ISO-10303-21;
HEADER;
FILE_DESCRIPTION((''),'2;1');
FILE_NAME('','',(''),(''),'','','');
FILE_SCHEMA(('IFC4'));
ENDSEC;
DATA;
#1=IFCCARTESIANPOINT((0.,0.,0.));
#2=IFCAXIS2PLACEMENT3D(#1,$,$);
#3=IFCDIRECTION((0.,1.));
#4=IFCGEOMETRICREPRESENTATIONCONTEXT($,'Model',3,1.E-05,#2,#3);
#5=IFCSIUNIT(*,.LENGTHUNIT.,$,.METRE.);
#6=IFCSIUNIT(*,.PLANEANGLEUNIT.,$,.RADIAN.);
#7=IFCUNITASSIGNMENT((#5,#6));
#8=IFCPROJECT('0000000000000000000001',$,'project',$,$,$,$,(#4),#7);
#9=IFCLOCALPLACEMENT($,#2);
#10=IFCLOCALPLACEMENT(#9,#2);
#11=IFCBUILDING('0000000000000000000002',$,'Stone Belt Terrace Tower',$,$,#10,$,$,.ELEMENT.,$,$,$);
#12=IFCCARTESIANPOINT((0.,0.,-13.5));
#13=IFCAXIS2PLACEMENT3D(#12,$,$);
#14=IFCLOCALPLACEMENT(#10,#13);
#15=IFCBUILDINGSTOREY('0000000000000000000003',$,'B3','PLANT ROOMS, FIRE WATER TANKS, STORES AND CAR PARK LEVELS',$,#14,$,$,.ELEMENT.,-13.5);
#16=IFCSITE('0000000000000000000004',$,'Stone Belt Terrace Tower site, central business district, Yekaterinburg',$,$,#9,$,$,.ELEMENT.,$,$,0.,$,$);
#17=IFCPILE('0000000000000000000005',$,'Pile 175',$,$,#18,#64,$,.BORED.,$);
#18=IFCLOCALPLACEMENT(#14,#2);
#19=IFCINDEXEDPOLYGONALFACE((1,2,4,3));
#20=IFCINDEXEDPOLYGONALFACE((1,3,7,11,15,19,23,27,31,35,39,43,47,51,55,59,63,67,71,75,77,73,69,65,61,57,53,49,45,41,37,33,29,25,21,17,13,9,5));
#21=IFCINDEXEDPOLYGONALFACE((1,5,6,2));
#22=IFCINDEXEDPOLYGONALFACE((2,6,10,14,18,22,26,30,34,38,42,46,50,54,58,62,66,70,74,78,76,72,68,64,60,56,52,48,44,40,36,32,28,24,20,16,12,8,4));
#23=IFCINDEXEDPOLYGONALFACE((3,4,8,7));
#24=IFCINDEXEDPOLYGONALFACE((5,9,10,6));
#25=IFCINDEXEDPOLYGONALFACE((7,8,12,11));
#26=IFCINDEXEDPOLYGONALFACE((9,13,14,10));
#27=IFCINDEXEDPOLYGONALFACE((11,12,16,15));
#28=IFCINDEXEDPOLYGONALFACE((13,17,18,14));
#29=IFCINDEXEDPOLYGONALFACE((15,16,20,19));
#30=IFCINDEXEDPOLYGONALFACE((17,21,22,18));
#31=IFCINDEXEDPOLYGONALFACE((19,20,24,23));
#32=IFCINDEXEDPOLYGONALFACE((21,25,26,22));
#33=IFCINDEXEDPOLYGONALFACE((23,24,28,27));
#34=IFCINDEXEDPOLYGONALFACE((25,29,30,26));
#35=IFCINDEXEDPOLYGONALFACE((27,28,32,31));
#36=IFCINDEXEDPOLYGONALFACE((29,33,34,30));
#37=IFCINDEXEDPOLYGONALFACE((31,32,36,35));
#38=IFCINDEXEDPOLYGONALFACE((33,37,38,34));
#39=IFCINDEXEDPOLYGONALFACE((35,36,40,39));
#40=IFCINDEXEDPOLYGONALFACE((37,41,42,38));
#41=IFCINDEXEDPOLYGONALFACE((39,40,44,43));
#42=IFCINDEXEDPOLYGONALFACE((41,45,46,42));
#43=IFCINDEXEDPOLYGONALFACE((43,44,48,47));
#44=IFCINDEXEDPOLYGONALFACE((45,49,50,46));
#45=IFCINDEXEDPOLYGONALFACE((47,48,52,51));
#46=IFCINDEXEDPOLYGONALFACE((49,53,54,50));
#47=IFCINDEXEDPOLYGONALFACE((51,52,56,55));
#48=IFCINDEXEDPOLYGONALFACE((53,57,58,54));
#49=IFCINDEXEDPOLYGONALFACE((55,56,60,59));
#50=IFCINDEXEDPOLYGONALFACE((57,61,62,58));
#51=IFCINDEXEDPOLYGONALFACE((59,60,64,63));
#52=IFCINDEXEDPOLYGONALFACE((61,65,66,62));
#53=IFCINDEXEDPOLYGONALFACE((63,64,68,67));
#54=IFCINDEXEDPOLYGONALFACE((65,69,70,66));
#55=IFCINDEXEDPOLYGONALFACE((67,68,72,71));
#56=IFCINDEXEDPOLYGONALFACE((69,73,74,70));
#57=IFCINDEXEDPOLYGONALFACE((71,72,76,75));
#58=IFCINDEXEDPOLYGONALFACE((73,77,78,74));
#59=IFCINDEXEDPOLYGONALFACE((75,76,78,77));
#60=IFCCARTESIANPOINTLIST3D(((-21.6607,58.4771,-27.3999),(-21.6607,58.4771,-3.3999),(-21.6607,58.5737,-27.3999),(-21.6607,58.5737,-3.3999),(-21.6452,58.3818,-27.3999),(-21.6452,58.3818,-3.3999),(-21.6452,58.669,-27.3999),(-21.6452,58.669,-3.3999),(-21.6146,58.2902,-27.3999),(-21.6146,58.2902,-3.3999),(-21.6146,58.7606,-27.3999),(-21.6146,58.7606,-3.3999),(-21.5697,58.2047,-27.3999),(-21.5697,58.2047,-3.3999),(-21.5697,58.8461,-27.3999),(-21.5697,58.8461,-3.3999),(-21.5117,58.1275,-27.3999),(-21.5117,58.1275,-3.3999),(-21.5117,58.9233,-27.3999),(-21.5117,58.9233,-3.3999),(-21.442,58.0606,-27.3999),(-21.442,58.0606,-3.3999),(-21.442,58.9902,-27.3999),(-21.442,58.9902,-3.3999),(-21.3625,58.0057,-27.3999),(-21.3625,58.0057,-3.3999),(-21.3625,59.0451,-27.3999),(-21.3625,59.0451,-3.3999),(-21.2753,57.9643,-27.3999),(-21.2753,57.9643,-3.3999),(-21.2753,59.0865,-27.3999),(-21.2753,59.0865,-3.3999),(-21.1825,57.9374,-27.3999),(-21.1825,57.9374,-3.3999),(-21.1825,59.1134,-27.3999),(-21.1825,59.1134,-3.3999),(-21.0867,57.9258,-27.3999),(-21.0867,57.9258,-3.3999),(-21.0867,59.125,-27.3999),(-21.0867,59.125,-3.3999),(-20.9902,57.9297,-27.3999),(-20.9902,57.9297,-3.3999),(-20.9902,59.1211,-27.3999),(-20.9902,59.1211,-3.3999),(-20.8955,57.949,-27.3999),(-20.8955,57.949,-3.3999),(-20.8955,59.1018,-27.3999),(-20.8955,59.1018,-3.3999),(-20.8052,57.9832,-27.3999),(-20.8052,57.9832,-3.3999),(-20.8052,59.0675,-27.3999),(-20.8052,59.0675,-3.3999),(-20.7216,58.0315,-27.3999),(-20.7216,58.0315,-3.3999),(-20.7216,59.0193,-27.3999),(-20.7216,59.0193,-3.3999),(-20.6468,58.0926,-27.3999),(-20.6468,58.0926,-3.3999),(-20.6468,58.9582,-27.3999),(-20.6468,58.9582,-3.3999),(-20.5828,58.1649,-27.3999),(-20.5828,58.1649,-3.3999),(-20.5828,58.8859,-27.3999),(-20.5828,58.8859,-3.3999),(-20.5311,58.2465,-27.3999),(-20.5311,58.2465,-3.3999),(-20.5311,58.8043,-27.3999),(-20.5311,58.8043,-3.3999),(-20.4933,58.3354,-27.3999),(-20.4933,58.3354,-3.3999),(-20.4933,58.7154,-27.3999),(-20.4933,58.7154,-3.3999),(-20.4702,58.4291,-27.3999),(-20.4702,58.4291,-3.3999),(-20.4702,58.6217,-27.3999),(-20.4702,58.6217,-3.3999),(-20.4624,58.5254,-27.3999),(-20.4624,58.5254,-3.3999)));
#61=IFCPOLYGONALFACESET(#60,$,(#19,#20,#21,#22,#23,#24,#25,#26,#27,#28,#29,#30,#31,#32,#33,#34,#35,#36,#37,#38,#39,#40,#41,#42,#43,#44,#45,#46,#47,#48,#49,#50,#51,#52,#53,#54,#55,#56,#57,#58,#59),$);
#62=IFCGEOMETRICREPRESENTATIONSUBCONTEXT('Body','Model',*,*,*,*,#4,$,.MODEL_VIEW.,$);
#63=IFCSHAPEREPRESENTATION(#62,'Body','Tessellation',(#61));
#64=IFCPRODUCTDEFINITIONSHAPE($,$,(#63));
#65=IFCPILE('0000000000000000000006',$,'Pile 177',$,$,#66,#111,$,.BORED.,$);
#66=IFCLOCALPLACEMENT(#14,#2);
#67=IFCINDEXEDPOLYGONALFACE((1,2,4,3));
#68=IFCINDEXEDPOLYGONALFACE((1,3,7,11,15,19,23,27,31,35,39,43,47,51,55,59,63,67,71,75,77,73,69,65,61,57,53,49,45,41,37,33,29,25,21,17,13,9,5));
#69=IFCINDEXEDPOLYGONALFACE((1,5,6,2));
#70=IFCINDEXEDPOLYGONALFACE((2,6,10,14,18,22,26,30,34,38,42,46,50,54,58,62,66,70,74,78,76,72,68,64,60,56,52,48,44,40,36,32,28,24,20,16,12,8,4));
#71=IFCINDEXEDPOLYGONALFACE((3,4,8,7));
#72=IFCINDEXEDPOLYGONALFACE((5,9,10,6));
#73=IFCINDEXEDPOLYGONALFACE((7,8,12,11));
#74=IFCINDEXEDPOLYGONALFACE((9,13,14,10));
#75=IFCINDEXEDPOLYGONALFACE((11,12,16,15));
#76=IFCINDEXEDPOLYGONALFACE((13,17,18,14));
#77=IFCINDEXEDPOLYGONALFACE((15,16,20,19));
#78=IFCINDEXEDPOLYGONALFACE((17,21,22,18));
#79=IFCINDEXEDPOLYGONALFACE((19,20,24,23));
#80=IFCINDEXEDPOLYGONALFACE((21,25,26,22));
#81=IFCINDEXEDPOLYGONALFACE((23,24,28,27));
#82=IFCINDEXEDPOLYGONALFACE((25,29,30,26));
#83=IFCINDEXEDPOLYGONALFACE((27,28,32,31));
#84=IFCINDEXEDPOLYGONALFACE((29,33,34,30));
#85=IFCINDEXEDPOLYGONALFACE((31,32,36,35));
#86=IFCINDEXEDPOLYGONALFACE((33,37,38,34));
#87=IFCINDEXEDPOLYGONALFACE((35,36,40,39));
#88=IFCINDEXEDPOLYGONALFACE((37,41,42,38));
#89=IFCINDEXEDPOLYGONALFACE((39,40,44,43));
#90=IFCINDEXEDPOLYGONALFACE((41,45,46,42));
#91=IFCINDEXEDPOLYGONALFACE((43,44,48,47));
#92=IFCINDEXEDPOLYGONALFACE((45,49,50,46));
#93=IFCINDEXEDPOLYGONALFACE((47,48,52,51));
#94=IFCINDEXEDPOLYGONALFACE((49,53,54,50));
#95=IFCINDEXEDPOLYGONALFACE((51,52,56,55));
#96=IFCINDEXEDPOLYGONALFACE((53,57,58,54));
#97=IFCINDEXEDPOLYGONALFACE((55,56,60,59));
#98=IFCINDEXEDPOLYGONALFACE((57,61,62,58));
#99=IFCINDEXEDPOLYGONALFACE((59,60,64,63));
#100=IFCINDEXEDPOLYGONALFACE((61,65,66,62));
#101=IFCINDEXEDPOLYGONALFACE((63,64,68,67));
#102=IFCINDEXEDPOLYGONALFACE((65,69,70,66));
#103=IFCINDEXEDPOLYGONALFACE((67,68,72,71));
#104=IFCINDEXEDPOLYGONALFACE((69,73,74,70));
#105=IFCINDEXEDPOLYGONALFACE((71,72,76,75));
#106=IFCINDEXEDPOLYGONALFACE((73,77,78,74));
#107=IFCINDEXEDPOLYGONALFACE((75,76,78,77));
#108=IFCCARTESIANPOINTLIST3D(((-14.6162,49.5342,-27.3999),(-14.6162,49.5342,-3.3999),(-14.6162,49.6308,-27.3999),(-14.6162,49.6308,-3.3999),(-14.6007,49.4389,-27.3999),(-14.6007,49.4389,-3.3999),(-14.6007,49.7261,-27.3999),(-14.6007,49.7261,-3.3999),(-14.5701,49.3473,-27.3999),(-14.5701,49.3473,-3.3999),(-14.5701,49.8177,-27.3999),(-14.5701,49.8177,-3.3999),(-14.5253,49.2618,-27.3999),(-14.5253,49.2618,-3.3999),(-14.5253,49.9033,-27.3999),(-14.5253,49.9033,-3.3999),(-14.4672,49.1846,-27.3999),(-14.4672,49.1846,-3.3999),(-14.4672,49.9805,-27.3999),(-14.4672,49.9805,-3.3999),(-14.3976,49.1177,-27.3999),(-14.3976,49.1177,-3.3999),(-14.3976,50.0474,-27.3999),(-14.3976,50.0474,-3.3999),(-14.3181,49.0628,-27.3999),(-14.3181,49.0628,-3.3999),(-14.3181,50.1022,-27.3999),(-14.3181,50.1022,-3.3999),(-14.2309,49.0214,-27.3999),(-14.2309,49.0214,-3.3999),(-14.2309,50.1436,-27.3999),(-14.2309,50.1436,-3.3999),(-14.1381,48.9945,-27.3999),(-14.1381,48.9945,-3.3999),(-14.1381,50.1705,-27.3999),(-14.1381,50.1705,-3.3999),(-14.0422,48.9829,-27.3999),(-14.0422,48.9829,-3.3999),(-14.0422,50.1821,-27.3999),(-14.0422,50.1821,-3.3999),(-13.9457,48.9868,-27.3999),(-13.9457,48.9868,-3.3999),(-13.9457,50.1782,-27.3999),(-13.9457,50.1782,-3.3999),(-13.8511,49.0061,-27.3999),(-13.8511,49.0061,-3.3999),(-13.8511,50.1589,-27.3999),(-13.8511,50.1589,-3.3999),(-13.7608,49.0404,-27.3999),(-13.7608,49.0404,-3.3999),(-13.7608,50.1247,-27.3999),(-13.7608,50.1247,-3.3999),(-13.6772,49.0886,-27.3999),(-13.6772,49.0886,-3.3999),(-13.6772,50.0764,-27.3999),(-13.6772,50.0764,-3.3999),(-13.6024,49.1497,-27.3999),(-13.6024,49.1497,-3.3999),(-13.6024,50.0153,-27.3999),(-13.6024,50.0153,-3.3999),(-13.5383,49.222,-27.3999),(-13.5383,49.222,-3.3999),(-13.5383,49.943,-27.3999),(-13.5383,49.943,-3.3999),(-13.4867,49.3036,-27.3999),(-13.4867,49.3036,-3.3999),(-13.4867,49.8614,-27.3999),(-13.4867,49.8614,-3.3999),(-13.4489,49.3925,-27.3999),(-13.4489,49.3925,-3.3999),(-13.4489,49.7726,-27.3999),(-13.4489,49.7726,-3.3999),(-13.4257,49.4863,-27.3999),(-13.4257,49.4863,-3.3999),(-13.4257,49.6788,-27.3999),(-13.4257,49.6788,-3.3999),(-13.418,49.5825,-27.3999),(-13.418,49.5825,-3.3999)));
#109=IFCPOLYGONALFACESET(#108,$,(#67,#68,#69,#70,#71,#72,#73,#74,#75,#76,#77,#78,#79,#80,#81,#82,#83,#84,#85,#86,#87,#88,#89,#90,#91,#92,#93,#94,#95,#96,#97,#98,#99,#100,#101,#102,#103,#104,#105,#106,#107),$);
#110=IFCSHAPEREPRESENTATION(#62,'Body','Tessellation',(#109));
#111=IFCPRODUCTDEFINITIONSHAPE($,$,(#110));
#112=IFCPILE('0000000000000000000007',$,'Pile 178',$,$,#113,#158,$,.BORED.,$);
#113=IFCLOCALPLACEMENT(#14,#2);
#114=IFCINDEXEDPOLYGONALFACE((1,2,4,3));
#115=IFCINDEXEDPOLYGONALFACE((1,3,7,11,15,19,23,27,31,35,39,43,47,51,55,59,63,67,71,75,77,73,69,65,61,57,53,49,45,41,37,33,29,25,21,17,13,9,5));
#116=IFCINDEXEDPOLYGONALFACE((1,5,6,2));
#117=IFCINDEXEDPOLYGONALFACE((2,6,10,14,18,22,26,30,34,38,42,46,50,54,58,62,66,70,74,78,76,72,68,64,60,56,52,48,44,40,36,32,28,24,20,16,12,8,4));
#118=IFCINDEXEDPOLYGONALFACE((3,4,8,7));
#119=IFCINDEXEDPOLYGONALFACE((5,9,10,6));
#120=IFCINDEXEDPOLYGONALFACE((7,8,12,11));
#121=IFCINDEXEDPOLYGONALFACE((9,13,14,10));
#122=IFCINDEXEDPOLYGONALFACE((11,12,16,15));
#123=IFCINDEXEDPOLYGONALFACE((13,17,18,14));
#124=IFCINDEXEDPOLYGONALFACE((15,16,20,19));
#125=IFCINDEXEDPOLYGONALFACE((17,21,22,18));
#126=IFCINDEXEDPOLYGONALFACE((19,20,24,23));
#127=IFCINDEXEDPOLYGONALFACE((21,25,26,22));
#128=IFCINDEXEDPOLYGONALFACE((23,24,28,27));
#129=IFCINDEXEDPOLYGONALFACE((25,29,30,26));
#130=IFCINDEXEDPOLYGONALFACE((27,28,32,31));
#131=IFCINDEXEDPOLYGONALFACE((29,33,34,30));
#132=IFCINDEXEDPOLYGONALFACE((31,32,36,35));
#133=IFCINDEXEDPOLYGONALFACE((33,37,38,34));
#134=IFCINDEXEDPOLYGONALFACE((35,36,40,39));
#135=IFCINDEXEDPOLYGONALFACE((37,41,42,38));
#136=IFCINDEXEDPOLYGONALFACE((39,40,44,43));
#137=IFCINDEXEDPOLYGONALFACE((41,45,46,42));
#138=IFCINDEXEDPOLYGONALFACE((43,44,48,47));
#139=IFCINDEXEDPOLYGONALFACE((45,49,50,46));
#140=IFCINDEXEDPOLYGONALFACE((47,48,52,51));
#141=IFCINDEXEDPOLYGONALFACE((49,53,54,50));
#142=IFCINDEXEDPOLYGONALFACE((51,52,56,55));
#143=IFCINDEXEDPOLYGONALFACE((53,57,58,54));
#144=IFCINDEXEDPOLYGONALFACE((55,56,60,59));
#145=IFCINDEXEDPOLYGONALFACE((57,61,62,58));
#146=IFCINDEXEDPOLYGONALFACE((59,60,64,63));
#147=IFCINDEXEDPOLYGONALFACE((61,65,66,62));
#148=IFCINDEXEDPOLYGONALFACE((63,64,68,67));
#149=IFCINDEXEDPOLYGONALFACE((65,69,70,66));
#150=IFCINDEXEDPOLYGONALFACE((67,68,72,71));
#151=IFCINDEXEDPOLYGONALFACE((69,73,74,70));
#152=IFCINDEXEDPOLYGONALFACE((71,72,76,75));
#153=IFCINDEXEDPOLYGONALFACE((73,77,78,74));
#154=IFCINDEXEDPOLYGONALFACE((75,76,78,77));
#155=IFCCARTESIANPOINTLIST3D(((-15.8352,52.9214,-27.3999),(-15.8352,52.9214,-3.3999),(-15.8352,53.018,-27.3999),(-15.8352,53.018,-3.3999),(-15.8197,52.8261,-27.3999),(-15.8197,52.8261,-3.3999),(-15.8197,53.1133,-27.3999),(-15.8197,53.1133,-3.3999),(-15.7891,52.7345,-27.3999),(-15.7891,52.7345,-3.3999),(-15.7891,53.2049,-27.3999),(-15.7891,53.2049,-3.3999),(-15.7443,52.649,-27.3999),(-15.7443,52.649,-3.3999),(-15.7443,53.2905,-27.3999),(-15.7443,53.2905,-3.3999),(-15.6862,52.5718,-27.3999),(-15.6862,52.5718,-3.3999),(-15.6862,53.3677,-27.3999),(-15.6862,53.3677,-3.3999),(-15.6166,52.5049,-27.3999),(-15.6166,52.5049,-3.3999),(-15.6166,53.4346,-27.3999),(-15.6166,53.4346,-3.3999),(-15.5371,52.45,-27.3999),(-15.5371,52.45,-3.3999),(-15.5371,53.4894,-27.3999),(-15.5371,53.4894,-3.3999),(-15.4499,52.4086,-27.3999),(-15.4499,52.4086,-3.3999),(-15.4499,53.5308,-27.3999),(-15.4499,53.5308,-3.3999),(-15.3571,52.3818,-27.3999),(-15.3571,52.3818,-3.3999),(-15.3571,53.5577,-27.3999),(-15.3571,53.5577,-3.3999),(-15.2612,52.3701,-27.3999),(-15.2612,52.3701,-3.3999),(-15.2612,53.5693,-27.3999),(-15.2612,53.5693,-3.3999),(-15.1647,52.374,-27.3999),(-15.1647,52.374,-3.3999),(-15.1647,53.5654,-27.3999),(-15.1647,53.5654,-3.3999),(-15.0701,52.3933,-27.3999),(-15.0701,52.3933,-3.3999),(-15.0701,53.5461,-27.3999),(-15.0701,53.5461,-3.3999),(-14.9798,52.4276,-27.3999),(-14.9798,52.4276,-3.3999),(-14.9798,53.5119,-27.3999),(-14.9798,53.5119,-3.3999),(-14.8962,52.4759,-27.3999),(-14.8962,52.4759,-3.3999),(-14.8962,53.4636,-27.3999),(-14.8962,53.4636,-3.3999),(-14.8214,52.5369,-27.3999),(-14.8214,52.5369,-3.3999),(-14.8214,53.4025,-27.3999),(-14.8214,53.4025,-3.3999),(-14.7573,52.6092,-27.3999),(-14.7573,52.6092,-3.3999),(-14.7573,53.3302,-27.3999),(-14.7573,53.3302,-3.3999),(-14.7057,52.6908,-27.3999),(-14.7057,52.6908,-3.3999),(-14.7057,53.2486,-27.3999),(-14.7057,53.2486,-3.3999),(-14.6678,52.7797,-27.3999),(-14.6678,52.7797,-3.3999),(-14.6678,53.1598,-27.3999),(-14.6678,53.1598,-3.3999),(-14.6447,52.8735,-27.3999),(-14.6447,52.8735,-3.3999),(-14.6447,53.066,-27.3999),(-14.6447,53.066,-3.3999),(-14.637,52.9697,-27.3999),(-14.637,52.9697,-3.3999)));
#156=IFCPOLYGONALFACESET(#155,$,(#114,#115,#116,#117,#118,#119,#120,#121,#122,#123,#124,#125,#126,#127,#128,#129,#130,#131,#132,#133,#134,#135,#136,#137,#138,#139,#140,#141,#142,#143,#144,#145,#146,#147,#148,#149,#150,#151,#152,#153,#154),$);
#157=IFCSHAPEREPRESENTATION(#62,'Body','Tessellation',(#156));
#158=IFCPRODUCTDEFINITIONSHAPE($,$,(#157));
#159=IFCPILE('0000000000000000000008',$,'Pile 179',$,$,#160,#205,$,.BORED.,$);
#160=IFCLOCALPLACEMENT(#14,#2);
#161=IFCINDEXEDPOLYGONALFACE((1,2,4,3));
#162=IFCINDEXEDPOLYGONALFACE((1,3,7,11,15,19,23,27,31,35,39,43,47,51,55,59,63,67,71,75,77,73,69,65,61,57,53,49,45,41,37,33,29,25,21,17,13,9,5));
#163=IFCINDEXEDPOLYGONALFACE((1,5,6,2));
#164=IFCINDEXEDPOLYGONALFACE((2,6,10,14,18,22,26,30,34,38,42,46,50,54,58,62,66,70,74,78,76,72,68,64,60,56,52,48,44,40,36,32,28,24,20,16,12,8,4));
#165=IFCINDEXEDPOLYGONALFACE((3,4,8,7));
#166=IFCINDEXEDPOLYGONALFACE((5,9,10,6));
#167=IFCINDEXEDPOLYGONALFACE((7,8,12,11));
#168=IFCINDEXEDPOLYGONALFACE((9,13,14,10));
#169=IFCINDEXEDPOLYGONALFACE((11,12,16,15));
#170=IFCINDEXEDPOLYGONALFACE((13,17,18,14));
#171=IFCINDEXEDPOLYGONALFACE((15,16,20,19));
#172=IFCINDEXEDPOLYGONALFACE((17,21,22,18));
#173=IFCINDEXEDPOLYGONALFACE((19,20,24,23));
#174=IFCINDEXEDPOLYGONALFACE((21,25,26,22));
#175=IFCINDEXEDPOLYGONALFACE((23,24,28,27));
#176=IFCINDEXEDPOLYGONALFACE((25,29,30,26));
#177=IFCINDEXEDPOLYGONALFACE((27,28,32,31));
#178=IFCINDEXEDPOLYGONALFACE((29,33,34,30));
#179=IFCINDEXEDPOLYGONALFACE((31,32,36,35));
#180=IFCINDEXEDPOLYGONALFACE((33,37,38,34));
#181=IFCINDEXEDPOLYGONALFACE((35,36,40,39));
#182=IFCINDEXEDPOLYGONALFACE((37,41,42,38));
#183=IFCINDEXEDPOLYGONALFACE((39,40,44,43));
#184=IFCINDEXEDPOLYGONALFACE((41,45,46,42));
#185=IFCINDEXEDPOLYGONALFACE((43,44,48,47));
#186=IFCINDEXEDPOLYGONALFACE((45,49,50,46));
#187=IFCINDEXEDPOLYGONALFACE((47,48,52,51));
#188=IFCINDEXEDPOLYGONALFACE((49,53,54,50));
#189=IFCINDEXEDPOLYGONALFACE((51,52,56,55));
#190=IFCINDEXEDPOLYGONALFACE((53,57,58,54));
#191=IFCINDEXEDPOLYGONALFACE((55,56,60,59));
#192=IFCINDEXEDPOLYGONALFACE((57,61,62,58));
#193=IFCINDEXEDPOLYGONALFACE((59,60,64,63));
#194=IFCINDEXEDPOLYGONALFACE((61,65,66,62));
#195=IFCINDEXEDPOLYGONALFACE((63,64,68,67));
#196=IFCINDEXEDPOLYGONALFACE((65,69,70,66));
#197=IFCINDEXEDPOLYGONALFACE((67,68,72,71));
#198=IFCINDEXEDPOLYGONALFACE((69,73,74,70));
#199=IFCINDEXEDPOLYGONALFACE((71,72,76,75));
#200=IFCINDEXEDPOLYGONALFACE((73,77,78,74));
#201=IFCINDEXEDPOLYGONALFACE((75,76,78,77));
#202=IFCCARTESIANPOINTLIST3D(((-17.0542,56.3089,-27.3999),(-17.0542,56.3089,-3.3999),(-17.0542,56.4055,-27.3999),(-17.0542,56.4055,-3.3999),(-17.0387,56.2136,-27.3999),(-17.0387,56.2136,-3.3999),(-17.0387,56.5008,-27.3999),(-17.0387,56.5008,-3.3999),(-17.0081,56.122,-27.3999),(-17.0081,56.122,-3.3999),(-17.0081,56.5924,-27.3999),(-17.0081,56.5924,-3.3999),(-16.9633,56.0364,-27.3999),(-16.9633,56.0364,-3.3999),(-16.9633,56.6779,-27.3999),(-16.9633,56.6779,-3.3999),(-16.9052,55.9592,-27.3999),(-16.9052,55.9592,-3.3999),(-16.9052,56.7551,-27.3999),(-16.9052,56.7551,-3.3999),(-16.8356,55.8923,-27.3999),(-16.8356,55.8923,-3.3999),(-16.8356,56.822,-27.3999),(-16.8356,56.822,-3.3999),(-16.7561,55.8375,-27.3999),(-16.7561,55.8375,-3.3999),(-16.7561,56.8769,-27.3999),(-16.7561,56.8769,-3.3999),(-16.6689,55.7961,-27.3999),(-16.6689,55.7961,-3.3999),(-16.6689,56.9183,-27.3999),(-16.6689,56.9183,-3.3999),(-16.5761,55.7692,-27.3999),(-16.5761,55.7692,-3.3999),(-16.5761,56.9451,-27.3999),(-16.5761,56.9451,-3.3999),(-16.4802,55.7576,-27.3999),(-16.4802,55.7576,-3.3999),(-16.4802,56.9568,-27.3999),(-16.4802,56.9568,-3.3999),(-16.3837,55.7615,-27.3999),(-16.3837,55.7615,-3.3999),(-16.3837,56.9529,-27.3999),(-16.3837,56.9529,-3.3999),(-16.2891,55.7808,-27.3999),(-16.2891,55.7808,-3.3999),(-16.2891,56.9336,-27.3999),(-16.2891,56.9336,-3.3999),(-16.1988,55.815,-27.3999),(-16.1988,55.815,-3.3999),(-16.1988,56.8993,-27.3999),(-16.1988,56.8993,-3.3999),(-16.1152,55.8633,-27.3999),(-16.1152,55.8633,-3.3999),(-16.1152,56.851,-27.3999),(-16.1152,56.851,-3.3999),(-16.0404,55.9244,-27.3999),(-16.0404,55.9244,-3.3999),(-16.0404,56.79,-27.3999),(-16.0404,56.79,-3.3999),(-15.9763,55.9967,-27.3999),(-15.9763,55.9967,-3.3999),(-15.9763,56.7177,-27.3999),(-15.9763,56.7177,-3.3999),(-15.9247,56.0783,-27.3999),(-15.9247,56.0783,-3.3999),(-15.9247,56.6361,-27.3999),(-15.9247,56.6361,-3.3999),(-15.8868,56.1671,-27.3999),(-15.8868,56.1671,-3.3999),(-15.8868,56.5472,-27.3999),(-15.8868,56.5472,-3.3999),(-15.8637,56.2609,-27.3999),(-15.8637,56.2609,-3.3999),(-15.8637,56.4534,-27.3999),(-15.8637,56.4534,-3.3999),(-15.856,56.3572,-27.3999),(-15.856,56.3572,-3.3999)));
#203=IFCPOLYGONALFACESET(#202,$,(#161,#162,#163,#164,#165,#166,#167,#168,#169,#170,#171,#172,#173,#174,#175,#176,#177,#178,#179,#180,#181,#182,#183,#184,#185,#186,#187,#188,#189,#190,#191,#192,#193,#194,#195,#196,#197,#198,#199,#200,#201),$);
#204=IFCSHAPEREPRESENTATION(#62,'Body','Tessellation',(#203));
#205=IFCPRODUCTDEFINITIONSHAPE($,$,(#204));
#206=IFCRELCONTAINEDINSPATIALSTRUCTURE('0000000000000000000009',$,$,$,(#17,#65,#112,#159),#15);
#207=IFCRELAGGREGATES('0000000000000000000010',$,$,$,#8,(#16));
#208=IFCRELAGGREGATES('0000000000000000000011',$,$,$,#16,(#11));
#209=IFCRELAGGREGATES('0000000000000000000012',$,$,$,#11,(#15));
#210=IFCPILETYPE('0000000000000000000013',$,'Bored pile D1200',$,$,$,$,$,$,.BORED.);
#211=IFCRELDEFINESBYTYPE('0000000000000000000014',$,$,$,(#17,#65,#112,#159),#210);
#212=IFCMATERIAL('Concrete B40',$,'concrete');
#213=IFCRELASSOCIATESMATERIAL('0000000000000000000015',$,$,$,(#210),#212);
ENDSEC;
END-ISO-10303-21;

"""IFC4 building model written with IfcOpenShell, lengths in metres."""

from ifc_helpers import new_model, si_unit, direction, frame, origin, origin_2d, place, context, subcontext, project, spatial, circle, extrude, material, material_profile, profile_set, type_object, element, save


model = new_model("IFC4")

# Units and contexts
model_context = context("Model", 3, precision=1e-05, world=origin(), true_north=direction((0.0, 1.0)))
body_context = subcontext(model_context, "Body", "Model", "MODEL_VIEW")
ifc_project = project(units=[si_unit("LENGTHUNIT", "METRE"), si_unit("PLANEANGLEUNIT", "RADIAN")], contexts=[model_context])

# Site, building, storey
site_placement = place(None, origin())
site = spatial("IfcSite", under=ifc_project, at=site_placement, Name="Stone Belt Terrace Tower site, central business district, Yekaterinburg", CompositionType="ELEMENT", RefElevation=0.0)
building_placement = place(site_placement, origin())
building = spatial("IfcBuilding", under=site, at=building_placement, Name="Stone Belt Terrace Tower", CompositionType="ELEMENT")
storey_placement = place(building_placement, frame((0.0, 0.0, -13.5)))
storey = spatial("IfcBuildingStorey", under=building, at=storey_placement, Name="B3", Description="PLANT ROOMS, FIRE WATER TANKS, STORES AND CAR PARK LEVELS", CompositionType="ELEMENT", Elevation=-13.5)

# Piles
ifc_material_1 = material(Name="Concrete B40", Category="concrete")
ifc_material_profile_1 = material_profile(ifc_material_1, circle(Radius=0.6001, at=origin_2d()), Name="PILE D1200")
ifc_profile_set_1 = profile_set([ifc_material_profile_1], Name="Concrete B40")
pile_type = type_object("IfcPileType", Name="Bored pile D1200", PredefinedType="BORED", material=ifc_profile_set_1)
for number, where, z_axis, x_axis, name in (
    (1, (-21.0625, 58.5254, -3.3999), (0.0, 0.0, -1.0), (1.0, 0.0, 0.0), "Pile 175"),
    (2, (-14.0181, 49.5825, -3.3999), (0.0, 0.0, -1.0), (1.0, 0.0, 0.0), "Pile 177"),
    (3, (-15.2371, 52.9697, -3.3999), (0.0, 0.0, -1.0), (1.0, 0.0, 0.0), "Pile 178"),
    (4, (-16.4561, 56.3572, -3.3999), (0.0, 0.0, -1.0), (1.0, 0.0, 0.0), "Pile 179"),
):
    element("IfcPile", number, at=place(storey_placement, frame(where, z_axis=z_axis, x_axis=x_axis)), inside=storey, type_object=pile_type, Name=name, PredefinedType="BORED", context=body_context, shape_type="SweptSolid", body=[
        extrude(circle(Radius=0.6001, at=origin_2d()), origin(), (0.0, 0.0, 1.0), 24.0),
    ])

save(model, "model.ifc")
